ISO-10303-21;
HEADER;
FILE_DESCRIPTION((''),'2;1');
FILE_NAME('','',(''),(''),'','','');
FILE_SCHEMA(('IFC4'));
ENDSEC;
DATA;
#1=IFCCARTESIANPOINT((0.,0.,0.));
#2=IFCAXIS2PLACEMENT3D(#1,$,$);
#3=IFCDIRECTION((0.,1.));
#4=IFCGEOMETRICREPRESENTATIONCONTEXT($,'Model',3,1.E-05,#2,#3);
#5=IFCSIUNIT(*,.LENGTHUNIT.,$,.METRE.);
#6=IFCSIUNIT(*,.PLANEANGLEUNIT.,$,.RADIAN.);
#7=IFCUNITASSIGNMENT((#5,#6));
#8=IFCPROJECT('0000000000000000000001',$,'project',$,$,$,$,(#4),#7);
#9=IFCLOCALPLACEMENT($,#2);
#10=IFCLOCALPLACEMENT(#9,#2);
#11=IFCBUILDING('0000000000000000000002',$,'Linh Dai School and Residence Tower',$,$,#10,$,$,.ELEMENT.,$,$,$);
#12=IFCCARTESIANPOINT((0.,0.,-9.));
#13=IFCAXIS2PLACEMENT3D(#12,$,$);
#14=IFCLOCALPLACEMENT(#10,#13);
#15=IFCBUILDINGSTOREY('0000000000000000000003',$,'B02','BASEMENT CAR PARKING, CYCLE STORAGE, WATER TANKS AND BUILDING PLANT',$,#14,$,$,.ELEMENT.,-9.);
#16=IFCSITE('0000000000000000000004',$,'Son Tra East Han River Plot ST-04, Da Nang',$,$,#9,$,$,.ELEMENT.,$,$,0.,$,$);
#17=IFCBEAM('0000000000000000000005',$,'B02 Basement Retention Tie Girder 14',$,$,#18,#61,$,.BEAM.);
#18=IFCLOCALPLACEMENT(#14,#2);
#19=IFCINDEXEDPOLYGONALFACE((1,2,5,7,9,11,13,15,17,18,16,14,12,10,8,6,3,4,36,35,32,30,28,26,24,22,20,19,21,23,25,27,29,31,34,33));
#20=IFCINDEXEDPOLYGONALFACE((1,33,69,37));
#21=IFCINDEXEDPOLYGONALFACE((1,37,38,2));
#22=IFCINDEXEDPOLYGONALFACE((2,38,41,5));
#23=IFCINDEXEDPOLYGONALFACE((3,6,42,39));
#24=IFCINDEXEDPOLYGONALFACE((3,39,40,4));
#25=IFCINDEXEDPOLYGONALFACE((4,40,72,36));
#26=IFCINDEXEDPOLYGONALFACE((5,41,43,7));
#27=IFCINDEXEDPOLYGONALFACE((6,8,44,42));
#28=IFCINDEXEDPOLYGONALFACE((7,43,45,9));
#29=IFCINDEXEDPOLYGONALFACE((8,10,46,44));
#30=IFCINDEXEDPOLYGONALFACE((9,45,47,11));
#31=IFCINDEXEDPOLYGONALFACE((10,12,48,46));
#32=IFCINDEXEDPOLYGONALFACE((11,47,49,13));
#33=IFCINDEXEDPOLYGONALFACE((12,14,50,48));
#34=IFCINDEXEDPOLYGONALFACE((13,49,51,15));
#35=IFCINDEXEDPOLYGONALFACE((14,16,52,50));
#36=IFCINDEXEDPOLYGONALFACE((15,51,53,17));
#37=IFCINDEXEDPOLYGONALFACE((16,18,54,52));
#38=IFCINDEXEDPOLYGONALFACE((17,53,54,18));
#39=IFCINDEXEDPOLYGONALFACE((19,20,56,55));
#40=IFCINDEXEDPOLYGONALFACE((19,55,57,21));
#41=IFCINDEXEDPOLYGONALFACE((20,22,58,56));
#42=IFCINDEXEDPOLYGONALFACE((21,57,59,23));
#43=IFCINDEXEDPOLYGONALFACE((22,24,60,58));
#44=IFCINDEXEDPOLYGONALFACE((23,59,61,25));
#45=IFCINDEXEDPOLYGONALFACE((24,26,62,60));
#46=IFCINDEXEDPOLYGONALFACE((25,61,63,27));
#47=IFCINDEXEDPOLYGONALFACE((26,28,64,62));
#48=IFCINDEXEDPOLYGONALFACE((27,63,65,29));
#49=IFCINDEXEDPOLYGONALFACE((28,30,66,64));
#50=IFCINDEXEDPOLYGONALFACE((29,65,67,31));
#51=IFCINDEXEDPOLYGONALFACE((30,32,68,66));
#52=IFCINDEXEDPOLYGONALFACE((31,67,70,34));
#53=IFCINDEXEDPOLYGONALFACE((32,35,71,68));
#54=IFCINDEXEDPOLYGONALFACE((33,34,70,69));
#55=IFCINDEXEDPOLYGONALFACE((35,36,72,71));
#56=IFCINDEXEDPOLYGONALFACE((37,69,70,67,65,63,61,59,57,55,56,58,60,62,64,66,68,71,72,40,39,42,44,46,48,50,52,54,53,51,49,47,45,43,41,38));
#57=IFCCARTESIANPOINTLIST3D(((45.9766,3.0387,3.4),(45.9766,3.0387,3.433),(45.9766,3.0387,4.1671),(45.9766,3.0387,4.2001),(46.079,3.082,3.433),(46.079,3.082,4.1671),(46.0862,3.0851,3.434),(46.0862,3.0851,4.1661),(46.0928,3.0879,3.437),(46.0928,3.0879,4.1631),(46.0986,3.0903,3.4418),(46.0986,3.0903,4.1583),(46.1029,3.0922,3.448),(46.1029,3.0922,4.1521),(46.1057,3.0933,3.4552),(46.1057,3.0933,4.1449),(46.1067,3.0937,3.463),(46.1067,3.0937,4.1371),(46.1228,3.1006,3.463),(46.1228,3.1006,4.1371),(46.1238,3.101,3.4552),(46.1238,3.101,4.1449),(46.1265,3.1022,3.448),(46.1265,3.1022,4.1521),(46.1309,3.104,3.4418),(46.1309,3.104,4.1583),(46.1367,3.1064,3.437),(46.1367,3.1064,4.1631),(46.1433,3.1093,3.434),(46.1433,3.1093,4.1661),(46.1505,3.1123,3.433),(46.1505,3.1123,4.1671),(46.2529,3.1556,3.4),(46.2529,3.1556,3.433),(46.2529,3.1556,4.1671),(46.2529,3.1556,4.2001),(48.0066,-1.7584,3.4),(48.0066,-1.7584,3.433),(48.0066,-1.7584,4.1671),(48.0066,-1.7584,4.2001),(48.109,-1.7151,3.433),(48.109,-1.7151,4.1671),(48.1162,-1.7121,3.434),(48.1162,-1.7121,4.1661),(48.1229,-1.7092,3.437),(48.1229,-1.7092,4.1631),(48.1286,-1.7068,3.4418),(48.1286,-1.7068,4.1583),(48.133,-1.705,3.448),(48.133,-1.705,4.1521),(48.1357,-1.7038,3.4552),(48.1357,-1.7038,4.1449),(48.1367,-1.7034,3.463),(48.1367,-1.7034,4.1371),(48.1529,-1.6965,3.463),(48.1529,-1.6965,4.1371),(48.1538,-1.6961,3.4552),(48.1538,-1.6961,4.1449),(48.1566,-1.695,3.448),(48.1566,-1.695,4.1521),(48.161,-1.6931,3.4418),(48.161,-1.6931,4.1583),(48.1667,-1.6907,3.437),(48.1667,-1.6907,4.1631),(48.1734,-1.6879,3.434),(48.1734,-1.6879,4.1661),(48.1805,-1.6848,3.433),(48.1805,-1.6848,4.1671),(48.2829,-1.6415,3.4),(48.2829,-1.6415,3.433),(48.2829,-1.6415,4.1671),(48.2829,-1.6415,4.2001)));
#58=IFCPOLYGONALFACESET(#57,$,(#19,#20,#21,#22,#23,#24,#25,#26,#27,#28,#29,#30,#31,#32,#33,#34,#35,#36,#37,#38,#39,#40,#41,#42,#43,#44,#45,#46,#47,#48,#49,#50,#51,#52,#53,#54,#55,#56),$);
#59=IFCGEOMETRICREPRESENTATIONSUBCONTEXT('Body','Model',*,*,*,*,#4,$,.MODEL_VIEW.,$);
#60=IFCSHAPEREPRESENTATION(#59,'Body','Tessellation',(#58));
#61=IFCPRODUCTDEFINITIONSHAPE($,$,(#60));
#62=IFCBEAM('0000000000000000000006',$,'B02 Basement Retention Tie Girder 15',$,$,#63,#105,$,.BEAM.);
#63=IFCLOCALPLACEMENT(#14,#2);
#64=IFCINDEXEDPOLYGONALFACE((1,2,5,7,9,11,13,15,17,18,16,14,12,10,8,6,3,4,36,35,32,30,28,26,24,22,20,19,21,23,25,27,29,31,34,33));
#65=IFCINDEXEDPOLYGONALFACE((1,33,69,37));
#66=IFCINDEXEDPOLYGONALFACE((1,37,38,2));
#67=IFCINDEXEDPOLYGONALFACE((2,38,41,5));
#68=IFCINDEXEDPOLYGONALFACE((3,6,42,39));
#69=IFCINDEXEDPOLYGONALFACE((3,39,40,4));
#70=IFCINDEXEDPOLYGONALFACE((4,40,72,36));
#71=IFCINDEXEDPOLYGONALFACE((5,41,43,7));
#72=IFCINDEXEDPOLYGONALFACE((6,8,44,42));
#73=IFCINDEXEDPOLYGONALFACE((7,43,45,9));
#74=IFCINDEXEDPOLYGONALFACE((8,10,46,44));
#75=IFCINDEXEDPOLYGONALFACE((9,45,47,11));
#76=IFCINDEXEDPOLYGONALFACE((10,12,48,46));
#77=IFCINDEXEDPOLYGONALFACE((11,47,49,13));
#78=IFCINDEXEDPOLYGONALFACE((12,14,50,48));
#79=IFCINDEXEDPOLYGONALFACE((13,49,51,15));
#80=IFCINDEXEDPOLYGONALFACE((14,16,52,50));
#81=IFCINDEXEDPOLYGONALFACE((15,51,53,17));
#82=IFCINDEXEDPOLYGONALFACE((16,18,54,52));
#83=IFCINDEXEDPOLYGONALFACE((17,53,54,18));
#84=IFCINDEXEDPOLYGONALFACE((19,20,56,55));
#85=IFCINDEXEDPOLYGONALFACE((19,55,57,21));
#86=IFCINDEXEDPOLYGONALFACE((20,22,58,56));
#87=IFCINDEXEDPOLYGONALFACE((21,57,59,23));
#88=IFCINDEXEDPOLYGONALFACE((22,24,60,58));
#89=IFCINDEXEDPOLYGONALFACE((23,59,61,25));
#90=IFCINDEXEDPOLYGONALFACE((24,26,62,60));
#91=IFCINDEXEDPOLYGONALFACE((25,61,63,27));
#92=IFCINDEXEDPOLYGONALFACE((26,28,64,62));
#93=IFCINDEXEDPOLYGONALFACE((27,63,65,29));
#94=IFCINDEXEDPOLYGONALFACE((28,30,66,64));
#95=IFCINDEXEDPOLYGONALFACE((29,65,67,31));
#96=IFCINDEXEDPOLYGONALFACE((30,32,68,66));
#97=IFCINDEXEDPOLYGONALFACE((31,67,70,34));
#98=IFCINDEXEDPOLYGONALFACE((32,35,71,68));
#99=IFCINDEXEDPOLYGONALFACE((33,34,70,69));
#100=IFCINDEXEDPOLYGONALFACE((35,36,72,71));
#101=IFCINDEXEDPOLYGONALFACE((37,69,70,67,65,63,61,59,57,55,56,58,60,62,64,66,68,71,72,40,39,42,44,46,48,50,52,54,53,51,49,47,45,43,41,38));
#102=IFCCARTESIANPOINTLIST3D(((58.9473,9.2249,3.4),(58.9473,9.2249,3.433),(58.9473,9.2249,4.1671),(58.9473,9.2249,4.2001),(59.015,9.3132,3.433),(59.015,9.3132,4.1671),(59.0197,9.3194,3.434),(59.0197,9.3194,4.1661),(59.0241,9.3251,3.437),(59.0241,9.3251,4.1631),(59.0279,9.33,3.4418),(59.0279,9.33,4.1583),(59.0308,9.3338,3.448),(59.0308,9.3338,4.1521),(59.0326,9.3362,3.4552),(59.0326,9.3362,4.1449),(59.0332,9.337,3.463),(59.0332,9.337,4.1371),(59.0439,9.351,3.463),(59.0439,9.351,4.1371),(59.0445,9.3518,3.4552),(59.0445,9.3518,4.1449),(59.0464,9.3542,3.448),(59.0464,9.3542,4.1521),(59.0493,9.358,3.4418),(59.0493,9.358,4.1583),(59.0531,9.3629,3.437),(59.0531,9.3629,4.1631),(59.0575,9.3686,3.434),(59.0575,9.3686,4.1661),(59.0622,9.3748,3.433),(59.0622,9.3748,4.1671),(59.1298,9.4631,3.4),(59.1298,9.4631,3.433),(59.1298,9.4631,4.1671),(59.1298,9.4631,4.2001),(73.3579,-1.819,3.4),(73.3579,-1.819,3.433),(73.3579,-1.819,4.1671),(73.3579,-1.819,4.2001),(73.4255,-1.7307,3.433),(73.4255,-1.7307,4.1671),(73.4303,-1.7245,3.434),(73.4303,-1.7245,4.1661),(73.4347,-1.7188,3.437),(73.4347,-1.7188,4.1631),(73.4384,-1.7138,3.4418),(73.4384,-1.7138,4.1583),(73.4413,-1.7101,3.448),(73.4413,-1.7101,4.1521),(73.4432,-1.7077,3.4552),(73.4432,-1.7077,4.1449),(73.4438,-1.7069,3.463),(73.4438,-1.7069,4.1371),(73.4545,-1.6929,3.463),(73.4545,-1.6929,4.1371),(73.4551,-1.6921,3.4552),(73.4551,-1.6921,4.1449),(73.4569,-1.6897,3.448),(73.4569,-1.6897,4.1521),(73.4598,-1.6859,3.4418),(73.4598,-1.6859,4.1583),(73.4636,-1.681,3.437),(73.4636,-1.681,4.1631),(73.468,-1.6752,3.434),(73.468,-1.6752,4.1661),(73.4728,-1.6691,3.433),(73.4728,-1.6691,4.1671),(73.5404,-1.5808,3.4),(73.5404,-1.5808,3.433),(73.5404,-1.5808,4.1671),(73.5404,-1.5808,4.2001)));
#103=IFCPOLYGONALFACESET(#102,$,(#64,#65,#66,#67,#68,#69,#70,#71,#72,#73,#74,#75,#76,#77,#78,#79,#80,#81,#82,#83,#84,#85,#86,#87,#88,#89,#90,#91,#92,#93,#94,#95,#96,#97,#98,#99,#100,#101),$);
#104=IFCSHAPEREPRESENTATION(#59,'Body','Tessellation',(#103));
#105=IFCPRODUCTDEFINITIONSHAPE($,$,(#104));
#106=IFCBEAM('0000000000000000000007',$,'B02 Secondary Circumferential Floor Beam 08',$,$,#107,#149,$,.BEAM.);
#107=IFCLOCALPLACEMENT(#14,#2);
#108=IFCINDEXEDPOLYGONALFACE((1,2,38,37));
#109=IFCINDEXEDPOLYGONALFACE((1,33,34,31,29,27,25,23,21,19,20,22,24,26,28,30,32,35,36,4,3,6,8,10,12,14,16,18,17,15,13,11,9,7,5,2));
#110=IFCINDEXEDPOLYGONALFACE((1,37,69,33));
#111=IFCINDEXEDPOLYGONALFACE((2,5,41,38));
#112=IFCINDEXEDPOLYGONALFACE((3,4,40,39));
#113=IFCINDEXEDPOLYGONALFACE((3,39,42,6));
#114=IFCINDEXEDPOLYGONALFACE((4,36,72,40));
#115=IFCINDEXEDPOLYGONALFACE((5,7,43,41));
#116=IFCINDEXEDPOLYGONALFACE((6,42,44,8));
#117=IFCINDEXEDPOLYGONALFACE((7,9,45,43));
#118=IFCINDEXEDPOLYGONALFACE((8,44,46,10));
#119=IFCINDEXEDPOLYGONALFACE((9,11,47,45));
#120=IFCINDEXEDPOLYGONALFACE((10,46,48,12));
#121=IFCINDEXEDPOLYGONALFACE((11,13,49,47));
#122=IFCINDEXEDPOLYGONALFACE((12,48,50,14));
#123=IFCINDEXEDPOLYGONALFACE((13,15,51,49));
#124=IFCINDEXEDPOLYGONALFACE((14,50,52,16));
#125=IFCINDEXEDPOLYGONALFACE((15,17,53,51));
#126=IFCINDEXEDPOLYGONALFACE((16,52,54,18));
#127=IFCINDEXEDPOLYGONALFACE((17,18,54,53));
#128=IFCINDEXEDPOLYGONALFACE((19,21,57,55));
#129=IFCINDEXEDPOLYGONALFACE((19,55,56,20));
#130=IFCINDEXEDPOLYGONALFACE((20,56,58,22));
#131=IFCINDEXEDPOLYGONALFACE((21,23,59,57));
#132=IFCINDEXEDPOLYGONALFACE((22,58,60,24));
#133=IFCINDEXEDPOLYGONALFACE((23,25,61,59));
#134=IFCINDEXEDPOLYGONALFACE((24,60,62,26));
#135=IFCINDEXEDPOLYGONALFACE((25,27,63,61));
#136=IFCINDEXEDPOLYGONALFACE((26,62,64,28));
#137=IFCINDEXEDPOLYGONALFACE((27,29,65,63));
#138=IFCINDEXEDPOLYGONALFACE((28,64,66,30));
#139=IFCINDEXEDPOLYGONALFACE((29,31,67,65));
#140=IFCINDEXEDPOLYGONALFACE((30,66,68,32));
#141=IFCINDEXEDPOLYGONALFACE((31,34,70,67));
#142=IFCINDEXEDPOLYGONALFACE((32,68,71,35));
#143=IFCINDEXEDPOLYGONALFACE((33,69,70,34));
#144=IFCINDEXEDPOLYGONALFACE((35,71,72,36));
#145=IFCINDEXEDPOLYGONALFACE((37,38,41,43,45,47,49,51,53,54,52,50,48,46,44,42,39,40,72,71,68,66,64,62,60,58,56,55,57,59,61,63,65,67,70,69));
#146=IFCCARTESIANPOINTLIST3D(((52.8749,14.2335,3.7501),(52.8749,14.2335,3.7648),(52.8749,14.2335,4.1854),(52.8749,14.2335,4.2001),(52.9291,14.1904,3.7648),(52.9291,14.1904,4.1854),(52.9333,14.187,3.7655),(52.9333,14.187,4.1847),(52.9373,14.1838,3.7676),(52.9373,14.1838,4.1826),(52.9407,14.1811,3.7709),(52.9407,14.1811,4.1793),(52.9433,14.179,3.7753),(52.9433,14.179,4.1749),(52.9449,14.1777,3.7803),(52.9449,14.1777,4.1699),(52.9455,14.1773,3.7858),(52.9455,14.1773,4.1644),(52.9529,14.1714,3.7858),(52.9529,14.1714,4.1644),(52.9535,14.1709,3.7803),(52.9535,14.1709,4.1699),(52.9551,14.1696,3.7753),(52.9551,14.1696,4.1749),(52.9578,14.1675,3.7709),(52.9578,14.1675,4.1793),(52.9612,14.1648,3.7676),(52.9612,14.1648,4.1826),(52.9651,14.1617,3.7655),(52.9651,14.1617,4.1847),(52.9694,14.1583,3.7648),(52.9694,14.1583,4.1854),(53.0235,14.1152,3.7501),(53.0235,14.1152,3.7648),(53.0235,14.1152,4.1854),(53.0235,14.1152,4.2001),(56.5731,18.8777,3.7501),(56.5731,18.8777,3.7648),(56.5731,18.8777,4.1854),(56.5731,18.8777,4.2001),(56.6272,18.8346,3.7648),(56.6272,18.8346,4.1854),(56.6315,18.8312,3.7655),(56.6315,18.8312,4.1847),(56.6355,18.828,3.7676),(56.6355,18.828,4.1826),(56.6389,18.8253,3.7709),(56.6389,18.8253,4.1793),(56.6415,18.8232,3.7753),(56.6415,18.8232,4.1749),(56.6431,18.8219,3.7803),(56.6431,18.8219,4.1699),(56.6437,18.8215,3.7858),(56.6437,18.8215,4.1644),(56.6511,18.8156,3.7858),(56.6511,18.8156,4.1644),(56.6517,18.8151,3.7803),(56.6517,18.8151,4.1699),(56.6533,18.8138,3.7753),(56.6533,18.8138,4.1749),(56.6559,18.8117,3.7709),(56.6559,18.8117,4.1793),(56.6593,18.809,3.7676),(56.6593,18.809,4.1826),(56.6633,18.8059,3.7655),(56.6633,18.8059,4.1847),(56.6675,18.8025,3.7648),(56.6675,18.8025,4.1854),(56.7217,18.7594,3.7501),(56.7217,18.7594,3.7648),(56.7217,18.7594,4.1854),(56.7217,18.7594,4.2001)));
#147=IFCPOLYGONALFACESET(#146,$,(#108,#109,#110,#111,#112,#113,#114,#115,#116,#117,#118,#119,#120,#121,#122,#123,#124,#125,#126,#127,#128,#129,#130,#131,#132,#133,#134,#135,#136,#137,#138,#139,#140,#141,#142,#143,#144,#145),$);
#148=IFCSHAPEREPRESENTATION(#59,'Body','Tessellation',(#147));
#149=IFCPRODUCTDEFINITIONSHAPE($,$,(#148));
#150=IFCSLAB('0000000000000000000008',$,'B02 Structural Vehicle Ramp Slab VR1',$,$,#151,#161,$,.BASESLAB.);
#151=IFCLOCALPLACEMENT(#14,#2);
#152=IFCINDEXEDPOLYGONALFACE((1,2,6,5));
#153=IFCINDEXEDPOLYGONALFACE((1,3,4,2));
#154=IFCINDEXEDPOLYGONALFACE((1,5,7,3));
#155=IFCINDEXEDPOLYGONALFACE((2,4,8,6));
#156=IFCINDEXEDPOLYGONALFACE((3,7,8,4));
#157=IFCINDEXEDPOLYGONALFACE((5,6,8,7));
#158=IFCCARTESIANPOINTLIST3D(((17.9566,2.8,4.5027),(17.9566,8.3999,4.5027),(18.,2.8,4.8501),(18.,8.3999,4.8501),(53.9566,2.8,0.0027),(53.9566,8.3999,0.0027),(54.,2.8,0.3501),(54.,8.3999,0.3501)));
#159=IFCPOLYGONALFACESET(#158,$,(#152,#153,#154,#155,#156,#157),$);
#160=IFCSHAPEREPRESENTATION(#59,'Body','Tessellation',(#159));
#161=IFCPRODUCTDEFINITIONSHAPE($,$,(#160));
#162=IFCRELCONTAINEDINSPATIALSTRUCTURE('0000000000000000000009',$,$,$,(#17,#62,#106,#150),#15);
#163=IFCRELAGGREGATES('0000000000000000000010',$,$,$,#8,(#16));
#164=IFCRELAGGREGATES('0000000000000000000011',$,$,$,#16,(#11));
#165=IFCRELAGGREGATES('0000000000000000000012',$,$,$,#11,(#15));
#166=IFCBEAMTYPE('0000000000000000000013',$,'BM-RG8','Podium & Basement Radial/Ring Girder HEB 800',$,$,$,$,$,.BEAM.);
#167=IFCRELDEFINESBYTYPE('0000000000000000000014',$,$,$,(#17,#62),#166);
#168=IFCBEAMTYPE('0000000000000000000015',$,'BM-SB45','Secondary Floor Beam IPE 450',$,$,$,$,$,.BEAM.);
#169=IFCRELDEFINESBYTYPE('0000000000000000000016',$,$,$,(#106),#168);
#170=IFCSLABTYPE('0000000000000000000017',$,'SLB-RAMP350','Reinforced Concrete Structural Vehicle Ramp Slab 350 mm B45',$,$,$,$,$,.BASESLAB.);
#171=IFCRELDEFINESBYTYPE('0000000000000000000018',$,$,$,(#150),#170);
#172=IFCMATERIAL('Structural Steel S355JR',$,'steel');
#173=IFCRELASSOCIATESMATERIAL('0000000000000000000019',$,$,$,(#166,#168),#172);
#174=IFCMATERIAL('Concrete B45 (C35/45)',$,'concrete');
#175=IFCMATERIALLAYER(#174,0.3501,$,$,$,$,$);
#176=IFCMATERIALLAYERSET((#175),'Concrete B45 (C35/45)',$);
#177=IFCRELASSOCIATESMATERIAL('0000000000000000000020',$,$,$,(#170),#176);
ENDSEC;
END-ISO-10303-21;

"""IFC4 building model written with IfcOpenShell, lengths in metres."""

from ifc_helpers import new_model, si_unit, direction, frame, origin, origin_2d, place, context, subcontext, project, spatial, polyline, i_section, outline, extrude, material, layer, layer_set, material_profile, profile_set, type_object, element, save


model = new_model("IFC4")

# Units and contexts
model_context = context("Model", 3, precision=1e-05, world=origin(), true_north=direction((0.0, 1.0)))
body_context = subcontext(model_context, "Body", "Model", "MODEL_VIEW")
ifc_project = project(units=[si_unit("LENGTHUNIT", "METRE"), si_unit("PLANEANGLEUNIT", "RADIAN")], contexts=[model_context])

# Site, building, storey
site_placement = place(None, origin())
site = spatial("IfcSite", under=ifc_project, at=site_placement, Name="Son Tra East Han River Plot ST-04, Da Nang", CompositionType="ELEMENT", RefElevation=0.0)
building_placement = place(site_placement, origin())
building = spatial("IfcBuilding", under=site, at=building_placement, Name="Linh Dai School and Residence Tower", CompositionType="ELEMENT")
storey_placement = place(building_placement, frame((0.0, 0.0, -9.0)))
storey = spatial("IfcBuildingStorey", under=building, at=storey_placement, Name="B02", Description="BASEMENT CAR PARKING, CYCLE STORAGE, WATER TANKS AND BUILDING PLANT", CompositionType="ELEMENT", Elevation=-9.0)

# Shared definitions
ifc_material_1 = material(Name="Concrete B45 (C35/45)", Category="concrete")

# Shared definitions
ifc_material_2 = material(Name="Structural Steel S355JR", Category="steel")

# Beams
ifc_material_profile_1 = material_profile(ifc_material_2, i_section(OverallWidth=0.3, OverallDepth=0.8, WebThickness=0.0176, FlangeThickness=0.033, FilletRadius=0.03, at=origin_2d()), Name="HEB 800")
ifc_profile_set_1 = profile_set([ifc_material_profile_1], Name="Structural Steel S355JR")
beam_type_1 = type_object("IfcBeamType", Name="BM-RG8", Description="Podium & Basement Radial/Ring Girder HEB 800", PredefinedType="BEAM", material=ifc_profile_set_1)
beam_1_placement = place(storey_placement, frame((46.1147, 3.0972, 3.8), z_axis=(0.389718, -0.920934, 0.0), x_axis=(0.920934, 0.389718, 0.0)))
element("IfcBeam", 1, at=beam_1_placement, inside=storey, type_object=beam_type_1, Name="B02 Basement Retention Tie Girder 14", PredefinedType="BEAM", context=body_context, shape_type="SweptSolid", body=[
    extrude(i_section(OverallWidth=0.3, OverallDepth=0.8, WebThickness=0.0176, FlangeThickness=0.033, FilletRadius=0.03, at=origin_2d()), origin(), (0.0, 0.0, 1.0), 5.209),
])
beam_2_placement = place(storey_placement, frame((59.0386, 9.344, 3.8), z_axis=(0.793718, -0.608285, 0.0), x_axis=(0.608285, 0.793718, 0.0)))
element("IfcBeam", 2, at=beam_2_placement, inside=storey, type_object=beam_type_1, Name="B02 Basement Retention Tie Girder 15", PredefinedType="BEAM", context=body_context, shape_type="SweptSolid", body=[
    extrude(i_section(OverallWidth=0.3, OverallDepth=0.8, WebThickness=0.0176, FlangeThickness=0.033, FilletRadius=0.03, at=origin_2d()), origin(), (0.0, 0.0, 1.0), 18.1558),
])
ifc_material_profile_2 = material_profile(ifc_material_2, i_section(OverallWidth=0.1899, OverallDepth=0.45, WebThickness=0.0095, FlangeThickness=0.0146, FilletRadius=0.021, at=origin_2d()), Name="IPE 450")
ifc_profile_set_2 = profile_set([ifc_material_profile_2], Name="Structural Steel S355JR")
beam_type_2 = type_object("IfcBeamType", Name="BM-SB45", Description="Secondary Floor Beam IPE 450", PredefinedType="BEAM", material=ifc_profile_set_2)
beam_3_placement = place(storey_placement, frame((52.9492, 14.1743, 3.9751), z_axis=(0.622928, 0.782279, 0.0), x_axis=(-0.782279, 0.622928, 0.0)))
element("IfcBeam", 3, at=beam_3_placement, inside=storey, type_object=beam_type_2, Name="B02 Secondary Circumferential Floor Beam 08", PredefinedType="BEAM", context=body_context, shape_type="SweptSolid", body=[
    extrude(i_section(OverallWidth=0.1899, OverallDepth=0.45, WebThickness=0.0095, FlangeThickness=0.0146, FilletRadius=0.021, at=origin_2d()), origin(), (0.0, 0.0, 1.0), 5.9368),
])

# Slab
ifc_layer_1 = layer(ifc_material_1, 0.3501)
ifc_layer_set_1 = layer_set([ifc_layer_1], Name="Concrete B45 (C35/45)")
slab_type = type_object("IfcSlabType", Name="SLB-RAMP350", Description="Reinforced Concrete Structural Vehicle Ramp Slab 350 mm B45", PredefinedType="BASESLAB", material=ifc_layer_set_1)
slab_placement = place(storey_placement, frame((54.0, 2.8, 0.3501), z_axis=(0.124035, 0.0, 0.992278), x_axis=(-0.992278, 0.0, 0.124035)))
element("IfcSlab", 4, at=slab_placement, inside=storey, type_object=slab_type, Name="B02 Structural Vehicle Ramp Slab VR1", PredefinedType="BASESLAB", context=body_context, shape_type="SweptSolid", body=[
    extrude(outline(polyline([(0.0, 0.0), (36.2802, 0.0), (36.2802, -5.5999), (0.0, -5.5999), (0.0, 0.0)])), origin(), (0.0, 0.0, -1.0), 0.3501),
])

save(model, "model.ifc")
